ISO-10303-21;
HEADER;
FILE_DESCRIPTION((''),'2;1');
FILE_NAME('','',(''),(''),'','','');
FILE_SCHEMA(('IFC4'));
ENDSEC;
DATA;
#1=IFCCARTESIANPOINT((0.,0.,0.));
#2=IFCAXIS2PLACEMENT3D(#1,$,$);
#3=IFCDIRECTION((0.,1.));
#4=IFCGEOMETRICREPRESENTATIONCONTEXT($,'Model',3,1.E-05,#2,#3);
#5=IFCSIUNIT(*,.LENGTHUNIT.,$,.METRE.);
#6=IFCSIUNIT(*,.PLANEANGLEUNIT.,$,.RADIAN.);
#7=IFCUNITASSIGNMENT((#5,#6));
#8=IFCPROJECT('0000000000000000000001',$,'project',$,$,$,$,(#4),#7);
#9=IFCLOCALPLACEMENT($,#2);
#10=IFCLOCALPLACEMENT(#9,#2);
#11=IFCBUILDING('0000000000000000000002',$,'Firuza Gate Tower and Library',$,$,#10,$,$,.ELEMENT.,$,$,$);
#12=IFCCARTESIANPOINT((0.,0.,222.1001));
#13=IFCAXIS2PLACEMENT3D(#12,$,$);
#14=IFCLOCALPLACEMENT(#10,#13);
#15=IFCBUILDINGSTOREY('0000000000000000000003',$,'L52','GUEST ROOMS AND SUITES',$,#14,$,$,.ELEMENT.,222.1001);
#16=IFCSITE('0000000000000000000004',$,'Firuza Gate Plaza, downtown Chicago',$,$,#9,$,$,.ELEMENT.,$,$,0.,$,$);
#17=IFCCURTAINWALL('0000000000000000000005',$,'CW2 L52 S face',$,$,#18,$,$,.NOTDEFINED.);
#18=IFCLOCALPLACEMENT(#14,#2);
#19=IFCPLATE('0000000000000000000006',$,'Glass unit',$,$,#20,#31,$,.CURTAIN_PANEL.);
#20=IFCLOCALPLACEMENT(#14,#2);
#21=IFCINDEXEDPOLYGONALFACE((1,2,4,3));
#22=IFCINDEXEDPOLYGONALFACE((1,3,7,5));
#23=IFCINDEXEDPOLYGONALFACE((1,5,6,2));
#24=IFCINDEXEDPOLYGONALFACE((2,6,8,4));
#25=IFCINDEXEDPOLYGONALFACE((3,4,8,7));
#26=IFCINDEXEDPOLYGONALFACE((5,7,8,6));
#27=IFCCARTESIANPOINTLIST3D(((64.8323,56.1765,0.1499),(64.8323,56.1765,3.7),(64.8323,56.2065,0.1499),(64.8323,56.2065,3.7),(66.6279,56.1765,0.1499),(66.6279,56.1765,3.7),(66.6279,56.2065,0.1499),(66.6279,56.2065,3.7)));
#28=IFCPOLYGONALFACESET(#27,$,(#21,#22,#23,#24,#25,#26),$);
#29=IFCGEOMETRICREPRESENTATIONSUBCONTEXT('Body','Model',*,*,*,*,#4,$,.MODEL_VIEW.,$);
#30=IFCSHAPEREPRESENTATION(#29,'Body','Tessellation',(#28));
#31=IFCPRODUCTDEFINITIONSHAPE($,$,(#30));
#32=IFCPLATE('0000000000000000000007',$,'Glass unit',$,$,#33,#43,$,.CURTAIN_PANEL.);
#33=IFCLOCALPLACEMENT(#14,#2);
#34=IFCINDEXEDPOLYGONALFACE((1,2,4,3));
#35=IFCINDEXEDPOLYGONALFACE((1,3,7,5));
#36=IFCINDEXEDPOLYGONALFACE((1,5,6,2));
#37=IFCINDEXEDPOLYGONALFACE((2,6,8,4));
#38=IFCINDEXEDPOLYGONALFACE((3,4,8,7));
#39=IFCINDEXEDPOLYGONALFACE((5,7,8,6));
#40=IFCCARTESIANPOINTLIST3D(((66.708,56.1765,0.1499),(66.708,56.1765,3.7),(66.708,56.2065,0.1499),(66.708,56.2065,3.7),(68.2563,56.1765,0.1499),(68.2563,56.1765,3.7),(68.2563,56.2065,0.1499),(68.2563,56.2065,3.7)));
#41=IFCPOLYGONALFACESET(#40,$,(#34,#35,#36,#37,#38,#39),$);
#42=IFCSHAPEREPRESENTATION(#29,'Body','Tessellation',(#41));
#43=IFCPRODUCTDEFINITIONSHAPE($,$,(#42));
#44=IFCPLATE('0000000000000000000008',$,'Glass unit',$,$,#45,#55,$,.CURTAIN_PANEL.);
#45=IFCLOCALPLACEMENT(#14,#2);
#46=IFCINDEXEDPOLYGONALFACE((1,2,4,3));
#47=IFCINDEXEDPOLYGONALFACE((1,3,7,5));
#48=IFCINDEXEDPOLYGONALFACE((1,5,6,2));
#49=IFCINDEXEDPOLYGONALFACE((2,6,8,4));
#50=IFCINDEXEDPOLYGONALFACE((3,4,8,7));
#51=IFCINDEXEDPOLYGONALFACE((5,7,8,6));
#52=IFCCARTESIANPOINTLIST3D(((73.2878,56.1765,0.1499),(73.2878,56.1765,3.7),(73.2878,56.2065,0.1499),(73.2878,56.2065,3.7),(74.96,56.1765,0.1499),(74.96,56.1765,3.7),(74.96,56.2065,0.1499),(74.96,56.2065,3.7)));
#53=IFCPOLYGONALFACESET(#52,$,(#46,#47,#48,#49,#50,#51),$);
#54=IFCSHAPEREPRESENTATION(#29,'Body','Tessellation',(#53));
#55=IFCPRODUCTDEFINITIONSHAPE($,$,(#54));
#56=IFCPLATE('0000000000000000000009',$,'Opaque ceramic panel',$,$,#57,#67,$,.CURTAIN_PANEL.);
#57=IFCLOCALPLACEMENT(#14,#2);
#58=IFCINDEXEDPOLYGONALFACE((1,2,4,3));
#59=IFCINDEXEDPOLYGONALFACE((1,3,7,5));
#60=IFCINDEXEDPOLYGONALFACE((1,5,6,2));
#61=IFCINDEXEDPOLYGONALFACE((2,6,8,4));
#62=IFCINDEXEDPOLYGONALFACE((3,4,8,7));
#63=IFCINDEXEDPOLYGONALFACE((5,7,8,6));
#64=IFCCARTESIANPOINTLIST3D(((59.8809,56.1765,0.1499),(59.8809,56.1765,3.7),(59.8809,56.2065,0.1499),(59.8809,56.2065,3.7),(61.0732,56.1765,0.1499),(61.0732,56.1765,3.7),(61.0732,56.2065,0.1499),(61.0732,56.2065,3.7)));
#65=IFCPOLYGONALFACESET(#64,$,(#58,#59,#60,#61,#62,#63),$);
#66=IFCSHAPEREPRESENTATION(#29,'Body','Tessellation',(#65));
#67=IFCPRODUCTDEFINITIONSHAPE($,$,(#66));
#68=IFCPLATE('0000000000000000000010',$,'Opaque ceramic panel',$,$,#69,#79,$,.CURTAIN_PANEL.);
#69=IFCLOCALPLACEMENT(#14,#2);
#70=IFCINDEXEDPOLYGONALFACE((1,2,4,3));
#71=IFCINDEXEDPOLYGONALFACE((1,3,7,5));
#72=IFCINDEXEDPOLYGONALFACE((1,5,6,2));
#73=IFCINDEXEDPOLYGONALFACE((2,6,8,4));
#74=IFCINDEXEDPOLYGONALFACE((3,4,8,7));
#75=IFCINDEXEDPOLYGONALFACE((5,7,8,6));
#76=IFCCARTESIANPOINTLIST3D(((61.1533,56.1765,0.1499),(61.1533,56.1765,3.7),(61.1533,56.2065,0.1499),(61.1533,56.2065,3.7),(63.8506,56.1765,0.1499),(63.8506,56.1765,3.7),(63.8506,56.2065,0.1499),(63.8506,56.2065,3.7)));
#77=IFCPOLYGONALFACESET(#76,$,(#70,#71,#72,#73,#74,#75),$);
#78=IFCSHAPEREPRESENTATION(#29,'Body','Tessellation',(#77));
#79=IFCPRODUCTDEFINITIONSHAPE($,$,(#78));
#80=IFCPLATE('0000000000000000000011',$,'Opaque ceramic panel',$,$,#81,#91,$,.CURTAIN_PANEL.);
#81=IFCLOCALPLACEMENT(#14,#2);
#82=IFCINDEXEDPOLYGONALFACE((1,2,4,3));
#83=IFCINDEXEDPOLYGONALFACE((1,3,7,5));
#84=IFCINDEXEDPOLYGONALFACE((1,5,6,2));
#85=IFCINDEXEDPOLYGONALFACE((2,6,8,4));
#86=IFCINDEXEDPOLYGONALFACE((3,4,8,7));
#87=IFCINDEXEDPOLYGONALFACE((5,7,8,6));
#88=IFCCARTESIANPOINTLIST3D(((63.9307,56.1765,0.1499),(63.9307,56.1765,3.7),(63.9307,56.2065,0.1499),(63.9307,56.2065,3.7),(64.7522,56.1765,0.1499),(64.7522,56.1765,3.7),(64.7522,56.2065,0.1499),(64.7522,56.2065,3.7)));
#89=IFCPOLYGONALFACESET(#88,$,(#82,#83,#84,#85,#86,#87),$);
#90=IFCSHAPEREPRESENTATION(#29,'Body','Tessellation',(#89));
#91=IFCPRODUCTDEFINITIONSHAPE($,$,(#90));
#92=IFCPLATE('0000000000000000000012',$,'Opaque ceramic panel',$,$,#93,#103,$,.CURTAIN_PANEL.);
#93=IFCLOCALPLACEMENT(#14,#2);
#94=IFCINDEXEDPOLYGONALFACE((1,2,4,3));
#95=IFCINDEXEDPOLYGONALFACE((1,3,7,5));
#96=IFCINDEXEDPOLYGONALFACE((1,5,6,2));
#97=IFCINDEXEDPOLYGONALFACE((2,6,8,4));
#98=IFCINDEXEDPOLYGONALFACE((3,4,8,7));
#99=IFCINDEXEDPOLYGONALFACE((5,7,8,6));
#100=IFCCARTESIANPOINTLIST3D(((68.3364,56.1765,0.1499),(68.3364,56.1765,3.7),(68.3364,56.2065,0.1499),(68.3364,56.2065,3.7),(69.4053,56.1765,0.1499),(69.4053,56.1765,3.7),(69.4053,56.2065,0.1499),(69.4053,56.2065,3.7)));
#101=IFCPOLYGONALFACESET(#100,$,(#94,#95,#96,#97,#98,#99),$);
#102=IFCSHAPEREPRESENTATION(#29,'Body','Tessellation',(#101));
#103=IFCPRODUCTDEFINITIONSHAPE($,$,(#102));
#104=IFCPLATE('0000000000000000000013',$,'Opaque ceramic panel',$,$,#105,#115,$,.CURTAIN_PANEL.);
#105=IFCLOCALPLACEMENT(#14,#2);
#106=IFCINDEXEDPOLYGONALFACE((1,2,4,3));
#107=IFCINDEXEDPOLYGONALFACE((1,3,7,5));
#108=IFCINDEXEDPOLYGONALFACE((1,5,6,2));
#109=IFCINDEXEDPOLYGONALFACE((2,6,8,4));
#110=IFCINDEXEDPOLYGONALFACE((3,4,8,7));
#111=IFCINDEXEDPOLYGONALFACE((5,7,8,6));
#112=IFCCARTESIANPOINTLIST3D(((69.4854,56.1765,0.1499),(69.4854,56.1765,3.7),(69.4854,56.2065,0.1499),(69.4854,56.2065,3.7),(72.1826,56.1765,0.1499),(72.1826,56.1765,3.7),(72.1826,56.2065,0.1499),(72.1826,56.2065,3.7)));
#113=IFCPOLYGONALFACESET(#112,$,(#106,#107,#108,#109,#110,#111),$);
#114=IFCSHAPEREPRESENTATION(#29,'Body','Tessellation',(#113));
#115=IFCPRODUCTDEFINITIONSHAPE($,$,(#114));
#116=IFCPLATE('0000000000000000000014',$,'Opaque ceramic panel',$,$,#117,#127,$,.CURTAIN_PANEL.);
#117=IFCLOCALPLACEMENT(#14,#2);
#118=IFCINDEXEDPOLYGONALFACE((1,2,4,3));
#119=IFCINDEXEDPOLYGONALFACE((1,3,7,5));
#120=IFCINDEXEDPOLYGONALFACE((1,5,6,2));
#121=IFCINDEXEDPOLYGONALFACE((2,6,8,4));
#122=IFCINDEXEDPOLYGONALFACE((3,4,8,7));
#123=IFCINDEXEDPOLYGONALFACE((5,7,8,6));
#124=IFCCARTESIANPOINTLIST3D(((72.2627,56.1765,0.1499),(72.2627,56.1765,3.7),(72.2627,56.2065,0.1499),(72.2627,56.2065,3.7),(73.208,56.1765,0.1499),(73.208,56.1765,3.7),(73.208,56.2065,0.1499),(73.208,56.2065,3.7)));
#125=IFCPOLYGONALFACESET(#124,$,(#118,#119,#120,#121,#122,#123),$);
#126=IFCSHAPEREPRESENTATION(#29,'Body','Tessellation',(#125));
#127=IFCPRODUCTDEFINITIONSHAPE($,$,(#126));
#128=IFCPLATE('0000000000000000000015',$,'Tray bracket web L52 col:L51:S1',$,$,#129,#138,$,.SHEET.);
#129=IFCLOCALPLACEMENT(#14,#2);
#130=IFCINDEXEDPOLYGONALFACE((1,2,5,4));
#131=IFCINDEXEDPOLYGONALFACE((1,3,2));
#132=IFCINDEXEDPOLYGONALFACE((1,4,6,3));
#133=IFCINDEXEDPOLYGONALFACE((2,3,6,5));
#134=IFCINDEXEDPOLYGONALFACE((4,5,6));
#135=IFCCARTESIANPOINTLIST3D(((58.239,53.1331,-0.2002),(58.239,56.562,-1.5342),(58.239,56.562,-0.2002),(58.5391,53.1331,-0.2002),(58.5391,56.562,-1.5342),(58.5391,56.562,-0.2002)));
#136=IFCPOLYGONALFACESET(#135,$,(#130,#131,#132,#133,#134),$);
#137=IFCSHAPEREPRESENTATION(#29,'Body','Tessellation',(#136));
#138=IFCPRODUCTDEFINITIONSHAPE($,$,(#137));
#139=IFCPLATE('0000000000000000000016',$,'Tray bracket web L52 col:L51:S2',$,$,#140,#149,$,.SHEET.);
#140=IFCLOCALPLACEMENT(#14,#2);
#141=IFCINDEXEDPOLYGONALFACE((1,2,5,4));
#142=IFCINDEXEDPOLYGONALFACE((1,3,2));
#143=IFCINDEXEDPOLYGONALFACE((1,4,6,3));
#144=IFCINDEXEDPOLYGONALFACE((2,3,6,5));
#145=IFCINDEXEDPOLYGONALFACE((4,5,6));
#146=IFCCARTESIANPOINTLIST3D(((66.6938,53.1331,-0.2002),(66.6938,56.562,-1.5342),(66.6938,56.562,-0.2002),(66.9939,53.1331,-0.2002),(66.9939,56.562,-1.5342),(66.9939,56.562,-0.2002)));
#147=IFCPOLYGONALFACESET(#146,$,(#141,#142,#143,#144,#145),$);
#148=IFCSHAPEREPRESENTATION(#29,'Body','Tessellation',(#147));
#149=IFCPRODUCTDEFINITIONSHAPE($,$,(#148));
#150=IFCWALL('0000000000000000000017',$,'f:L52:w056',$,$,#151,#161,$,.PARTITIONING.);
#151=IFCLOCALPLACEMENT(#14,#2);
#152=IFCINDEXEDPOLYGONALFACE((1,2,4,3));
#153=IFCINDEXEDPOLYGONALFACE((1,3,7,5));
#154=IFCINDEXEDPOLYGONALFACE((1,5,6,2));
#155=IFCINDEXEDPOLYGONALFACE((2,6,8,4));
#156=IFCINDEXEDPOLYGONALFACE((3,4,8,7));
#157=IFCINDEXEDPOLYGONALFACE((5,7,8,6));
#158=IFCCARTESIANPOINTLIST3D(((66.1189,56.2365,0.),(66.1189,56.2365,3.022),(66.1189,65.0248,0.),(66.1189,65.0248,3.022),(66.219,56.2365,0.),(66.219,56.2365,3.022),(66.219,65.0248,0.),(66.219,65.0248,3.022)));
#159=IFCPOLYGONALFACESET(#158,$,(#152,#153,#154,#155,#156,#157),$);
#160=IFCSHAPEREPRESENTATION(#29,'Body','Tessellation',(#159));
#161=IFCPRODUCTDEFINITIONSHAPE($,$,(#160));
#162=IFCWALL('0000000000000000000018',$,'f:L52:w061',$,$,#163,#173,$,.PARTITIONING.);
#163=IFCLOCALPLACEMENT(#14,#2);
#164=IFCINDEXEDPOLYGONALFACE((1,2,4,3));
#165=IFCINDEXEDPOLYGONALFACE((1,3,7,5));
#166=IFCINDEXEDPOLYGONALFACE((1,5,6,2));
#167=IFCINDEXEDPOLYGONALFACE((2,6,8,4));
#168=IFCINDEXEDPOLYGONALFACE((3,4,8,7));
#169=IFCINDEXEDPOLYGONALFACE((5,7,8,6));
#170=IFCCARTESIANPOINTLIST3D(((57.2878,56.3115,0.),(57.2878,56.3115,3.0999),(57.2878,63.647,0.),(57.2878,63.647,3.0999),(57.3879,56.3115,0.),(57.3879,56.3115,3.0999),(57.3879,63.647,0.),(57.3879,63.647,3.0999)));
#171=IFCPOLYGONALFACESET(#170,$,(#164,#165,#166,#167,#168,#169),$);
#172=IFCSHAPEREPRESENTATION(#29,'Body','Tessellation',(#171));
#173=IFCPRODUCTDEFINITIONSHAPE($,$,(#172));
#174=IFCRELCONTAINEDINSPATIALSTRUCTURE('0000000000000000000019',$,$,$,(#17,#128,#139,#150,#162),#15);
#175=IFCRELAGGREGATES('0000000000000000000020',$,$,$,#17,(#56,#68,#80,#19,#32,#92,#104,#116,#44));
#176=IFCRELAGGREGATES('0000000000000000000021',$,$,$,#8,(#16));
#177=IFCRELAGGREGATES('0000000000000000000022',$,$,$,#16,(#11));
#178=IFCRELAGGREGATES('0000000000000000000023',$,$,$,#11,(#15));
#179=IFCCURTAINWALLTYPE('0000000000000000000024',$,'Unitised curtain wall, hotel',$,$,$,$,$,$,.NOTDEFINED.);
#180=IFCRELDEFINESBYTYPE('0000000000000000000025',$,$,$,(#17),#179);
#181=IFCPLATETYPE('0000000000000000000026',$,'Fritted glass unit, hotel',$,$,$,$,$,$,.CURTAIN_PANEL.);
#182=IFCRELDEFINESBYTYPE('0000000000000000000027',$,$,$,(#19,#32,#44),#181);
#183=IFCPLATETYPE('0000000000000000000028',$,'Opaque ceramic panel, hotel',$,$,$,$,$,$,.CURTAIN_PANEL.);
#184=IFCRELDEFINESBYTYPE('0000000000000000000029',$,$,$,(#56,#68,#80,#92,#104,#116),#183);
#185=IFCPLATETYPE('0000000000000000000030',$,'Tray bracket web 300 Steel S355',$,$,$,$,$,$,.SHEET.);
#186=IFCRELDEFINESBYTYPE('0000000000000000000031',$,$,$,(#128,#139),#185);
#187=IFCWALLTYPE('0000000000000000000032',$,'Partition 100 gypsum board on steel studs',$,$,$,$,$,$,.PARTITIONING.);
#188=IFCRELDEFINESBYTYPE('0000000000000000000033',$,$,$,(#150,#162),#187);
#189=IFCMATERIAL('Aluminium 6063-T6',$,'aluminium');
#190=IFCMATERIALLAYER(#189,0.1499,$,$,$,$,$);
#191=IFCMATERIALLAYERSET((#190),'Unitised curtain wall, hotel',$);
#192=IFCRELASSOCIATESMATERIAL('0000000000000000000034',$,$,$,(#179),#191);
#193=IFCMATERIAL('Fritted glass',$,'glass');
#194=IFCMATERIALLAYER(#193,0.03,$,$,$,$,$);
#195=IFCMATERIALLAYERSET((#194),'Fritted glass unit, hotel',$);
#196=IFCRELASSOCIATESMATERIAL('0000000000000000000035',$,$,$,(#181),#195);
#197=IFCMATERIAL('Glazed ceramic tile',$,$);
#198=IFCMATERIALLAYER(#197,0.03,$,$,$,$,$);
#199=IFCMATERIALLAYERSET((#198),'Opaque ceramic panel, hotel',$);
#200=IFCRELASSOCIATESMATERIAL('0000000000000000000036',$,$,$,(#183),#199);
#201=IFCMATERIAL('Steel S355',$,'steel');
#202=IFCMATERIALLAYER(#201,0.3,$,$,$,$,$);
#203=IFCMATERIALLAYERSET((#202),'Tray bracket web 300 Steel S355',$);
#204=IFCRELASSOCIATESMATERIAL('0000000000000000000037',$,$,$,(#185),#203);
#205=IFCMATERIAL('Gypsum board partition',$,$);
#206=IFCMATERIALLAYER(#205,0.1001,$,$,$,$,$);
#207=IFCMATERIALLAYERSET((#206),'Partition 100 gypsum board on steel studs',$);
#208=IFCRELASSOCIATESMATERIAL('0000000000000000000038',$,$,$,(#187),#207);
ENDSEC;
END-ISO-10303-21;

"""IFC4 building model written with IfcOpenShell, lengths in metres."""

from ifc_helpers import new_model, si_unit, direction, frame, frame_2d, origin, place, context, subcontext, project, spatial, polyline, rectangle, outline, extrude, material, layer, layer_set, type_object, element, aggregate, save


model = new_model("IFC4")

# Units and contexts
model_context = context("Model", 3, precision=1e-05, world=origin(), true_north=direction((0.0, 1.0)))
body_context = subcontext(model_context, "Body", "Model", "MODEL_VIEW")
ifc_project = project(units=[si_unit("LENGTHUNIT", "METRE"), si_unit("PLANEANGLEUNIT", "RADIAN")], contexts=[model_context])

# Site, building, storey
site_placement = place(None, origin())
site = spatial("IfcSite", under=ifc_project, at=site_placement, Name="Firuza Gate Plaza, downtown Chicago", CompositionType="ELEMENT", RefElevation=0.0)
building_placement = place(site_placement, origin())
building = spatial("IfcBuilding", under=site, at=building_placement, Name="Firuza Gate Tower and Library", CompositionType="ELEMENT")
storey_placement = place(building_placement, frame((0.0, 0.0, 222.1001)))
storey = spatial("IfcBuildingStorey", under=building, at=storey_placement, Name="L52", Description="GUEST ROOMS AND SUITES", CompositionType="ELEMENT", Elevation=222.1001)

# Curtain wall
ifc_material_1 = material(Name="Aluminium 6063-T6", Category="aluminium")
ifc_layer_1 = layer(ifc_material_1, 0.1499)
ifc_layer_set_1 = layer_set([ifc_layer_1], Name="Unitised curtain wall, hotel")
curtain_wall_type = type_object("IfcCurtainWallType", Name="Unitised curtain wall, hotel", PredefinedType="NOTDEFINED", material=ifc_layer_set_1)
curtain_wall_placement = place(storey_placement, origin())
curtain_wall = element("IfcCurtainWall", 1, at=curtain_wall_placement, inside=storey, type_object=curtain_wall_type, Name="CW2 L52 S face", PredefinedType="NOTDEFINED")

# Plates
ifc_material_2 = material(Name="Fritted glass", Category="glass")
ifc_layer_2 = layer(ifc_material_2, 0.03)
ifc_layer_set_2 = layer_set([ifc_layer_2], Name="Fritted glass unit, hotel")
plate_type_1 = type_object("IfcPlateType", Name="Fritted glass unit, hotel", PredefinedType="CURTAIN_PANEL", material=ifc_layer_set_2)
plate_1_placement = place(storey_placement, frame((64.8323, 56.1765, 0.1499), z_axis=(0.0, -1.0, 0.0), x_axis=(1.0, 0.0, 0.0)))
plate_1 = element("IfcPlate", 2, at=plate_1_placement, type_object=plate_type_1, Name="Glass unit", PredefinedType="CURTAIN_PANEL", context=body_context, shape_type="SweptSolid", body=[
    extrude(outline(polyline([(0.0, 0.0), (1.7957, 0.0), (1.7957, 3.55), (0.0, 3.55), (0.0, 0.0)])), origin(), (0.0, 0.0, -1.0), 0.03),
])
plate_2_placement = place(storey_placement, frame((66.708, 56.1765, 0.1499), z_axis=(0.0, -1.0, 0.0), x_axis=(1.0, 0.0, 0.0)))
plate_2 = element("IfcPlate", 3, at=plate_2_placement, type_object=plate_type_1, Name="Glass unit", PredefinedType="CURTAIN_PANEL", context=body_context, shape_type="SweptSolid", body=[
    extrude(outline(polyline([(0.0, 0.0), (1.5483, 0.0), (1.5483, 3.55), (0.0, 3.55), (0.0, 0.0)])), origin(), (0.0, 0.0, -1.0), 0.03),
])
plate_3_placement = place(storey_placement, frame((73.2878, 56.1765, 0.1499), z_axis=(0.0, -1.0, 0.0), x_axis=(1.0, 0.0, 0.0)))
plate_3 = element("IfcPlate", 4, at=plate_3_placement, type_object=plate_type_1, Name="Glass unit", PredefinedType="CURTAIN_PANEL", context=body_context, shape_type="SweptSolid", body=[
    extrude(outline(polyline([(0.0, 0.0), (1.6721, 0.0), (1.6721, 3.55), (0.0, 3.55), (0.0, 0.0)])), origin(), (0.0, 0.0, -1.0), 0.03),
])
ifc_material_3 = material(Name="Glazed ceramic tile")
ifc_layer_3 = layer(ifc_material_3, 0.03)
ifc_layer_set_3 = layer_set([ifc_layer_3], Name="Opaque ceramic panel, hotel")
plate_type_2 = type_object("IfcPlateType", Name="Opaque ceramic panel, hotel", PredefinedType="CURTAIN_PANEL", material=ifc_layer_set_3)
plate_4_placement = place(storey_placement, frame((59.8809, 56.1765, 0.1499), z_axis=(0.0, -1.0, 0.0), x_axis=(1.0, 0.0, 0.0)))
plate_4 = element("IfcPlate", 5, at=plate_4_placement, type_object=plate_type_2, Name="Opaque ceramic panel", PredefinedType="CURTAIN_PANEL", context=body_context, shape_type="SweptSolid", body=[
    extrude(outline(polyline([(0.0, 0.0), (1.1924, 0.0), (1.1924, 3.55), (0.0, 3.55), (0.0, 0.0)])), origin(), (0.0, 0.0, -1.0), 0.03),
])
plate_5_placement = place(storey_placement, frame((61.1533, 56.1765, 0.1499), z_axis=(0.0, -1.0, 0.0), x_axis=(1.0, 0.0, 0.0)))
plate_5 = element("IfcPlate", 6, at=plate_5_placement, type_object=plate_type_2, Name="Opaque ceramic panel", PredefinedType="CURTAIN_PANEL", context=body_context, shape_type="SweptSolid", body=[
    extrude(outline(polyline([(0.0, 0.0), (2.6973, 0.0), (2.6973, 3.55), (0.0, 3.55), (0.0, 0.0)])), origin(), (0.0, 0.0, -1.0), 0.03),
])
plate_6_placement = place(storey_placement, frame((63.9307, 56.1765, 0.1499), z_axis=(0.0, -1.0, 0.0), x_axis=(1.0, 0.0, 0.0)))
plate_6 = element("IfcPlate", 7, at=plate_6_placement, type_object=plate_type_2, Name="Opaque ceramic panel", PredefinedType="CURTAIN_PANEL", context=body_context, shape_type="SweptSolid", body=[
    extrude(outline(polyline([(0.0, 0.0), (0.8215, 0.0), (0.8215, 3.55), (0.0, 3.55), (0.0, 0.0)])), origin(), (0.0, 0.0, -1.0), 0.03),
])
plate_7_placement = place(storey_placement, frame((68.3364, 56.1765, 0.1499), z_axis=(0.0, -1.0, 0.0), x_axis=(1.0, 0.0, 0.0)))
plate_7 = element("IfcPlate", 8, at=plate_7_placement, type_object=plate_type_2, Name="Opaque ceramic panel", PredefinedType="CURTAIN_PANEL", context=body_context, shape_type="SweptSolid", body=[
    extrude(outline(polyline([(0.0, 0.0), (1.0688, 0.0), (1.0688, 3.55), (0.0, 3.55), (0.0, 0.0)])), origin(), (0.0, 0.0, -1.0), 0.03),
])
plate_8_placement = place(storey_placement, frame((69.4854, 56.1765, 0.1499), z_axis=(0.0, -1.0, 0.0), x_axis=(1.0, 0.0, 0.0)))
plate_8 = element("IfcPlate", 9, at=plate_8_placement, type_object=plate_type_2, Name="Opaque ceramic panel", PredefinedType="CURTAIN_PANEL", context=body_context, shape_type="SweptSolid", body=[
    extrude(outline(polyline([(0.0, 0.0), (2.6973, 0.0), (2.6973, 3.55), (0.0, 3.55), (0.0, 0.0)])), origin(), (0.0, 0.0, -1.0), 0.03),
])
plate_9_placement = place(storey_placement, frame((72.2627, 56.1765, 0.1499), z_axis=(0.0, -1.0, 0.0), x_axis=(1.0, 0.0, 0.0)))
plate_9 = element("IfcPlate", 10, at=plate_9_placement, type_object=plate_type_2, Name="Opaque ceramic panel", PredefinedType="CURTAIN_PANEL", context=body_context, shape_type="SweptSolid", body=[
    extrude(outline(polyline([(0.0, 0.0), (0.9453, 0.0), (0.9453, 3.55), (0.0, 3.55), (0.0, 0.0)])), origin(), (0.0, 0.0, -1.0), 0.03),
])

# Plates
ifc_material_4 = material(Name="Steel S355", Category="steel")
ifc_layer_4 = layer(ifc_material_4, 0.3)
ifc_layer_set_4 = layer_set([ifc_layer_4], Name="Tray bracket web 300 Steel S355")
plate_type_3 = type_object("IfcPlateType", Name="Tray bracket web 300 Steel S355", PredefinedType="SHEET", material=ifc_layer_set_4)
for number, where, z_axis, x_axis, name in (
    (11, (58.5391, 56.562, -0.2002), (1.0, 0.0, 0.0), (0.0, -1.0, 0.0), "Tray bracket web L52 col:L51:S1"),
    (12, (66.9939, 56.562, -0.2002), (1.0, 0.0, 0.0), (0.0, -1.0, 0.0), "Tray bracket web L52 col:L51:S2"),
):
    element("IfcPlate", number, at=place(storey_placement, frame(where, z_axis=z_axis, x_axis=x_axis)), inside=storey, type_object=plate_type_3, Name=name, PredefinedType="SHEET", context=body_context, shape_type="SweptSolid", body=[
        extrude(outline(polyline([(0.0, 0.0), (3.429, 0.0), (0.0, 1.334), (0.0, 0.0)])), origin(), (0.0, 0.0, -1.0), 0.3),
    ])

# Walls
ifc_material_5 = material(Name="Gypsum board partition")
ifc_layer_5 = layer(ifc_material_5, 0.1001)
ifc_layer_set_5 = layer_set([ifc_layer_5], Name="Partition 100 gypsum board on steel studs")
wall_type_1 = type_object("IfcWallType", Name="Partition 100 gypsum board on steel studs", PredefinedType="PARTITIONING", material=ifc_layer_set_5)
wall_1_placement = place(storey_placement, frame((66.1689, 56.2366, 0.0), z_axis=(0.0, 0.0, 1.0), x_axis=(0.0, 1.0, 0.0)))
element("IfcWall", 13, at=wall_1_placement, inside=storey, type_object=wall_type_1, Name="f:L52:w056", PredefinedType="PARTITIONING", context=body_context, shape_type="SweptSolid", body=[
    extrude(rectangle(XDim=8.7883, YDim=0.1001, at=frame_2d((4.394, 0.0))), origin(), (0.0, 0.0, 1.0), 3.022),
])
wall_2_placement = place(storey_placement, frame((57.3379, 56.3115, 0.0), z_axis=(0.0, 0.0, 1.0), x_axis=(0.0, 1.0, 0.0)))
element("IfcWall", 14, at=wall_2_placement, inside=storey, type_object=wall_type_1, Name="f:L52:w061", PredefinedType="PARTITIONING", context=body_context, shape_type="SweptSolid", body=[
    extrude(rectangle(XDim=7.3354, YDim=0.1001, at=frame_2d((3.6677, 0.0))), origin(), (0.0, 0.0, 1.0), 3.0999),
])

aggregate(curtain_wall, [plate_4, plate_5, plate_6, plate_1, plate_2, plate_7, plate_8, plate_9, plate_3])

save(model, "model.ifc")
